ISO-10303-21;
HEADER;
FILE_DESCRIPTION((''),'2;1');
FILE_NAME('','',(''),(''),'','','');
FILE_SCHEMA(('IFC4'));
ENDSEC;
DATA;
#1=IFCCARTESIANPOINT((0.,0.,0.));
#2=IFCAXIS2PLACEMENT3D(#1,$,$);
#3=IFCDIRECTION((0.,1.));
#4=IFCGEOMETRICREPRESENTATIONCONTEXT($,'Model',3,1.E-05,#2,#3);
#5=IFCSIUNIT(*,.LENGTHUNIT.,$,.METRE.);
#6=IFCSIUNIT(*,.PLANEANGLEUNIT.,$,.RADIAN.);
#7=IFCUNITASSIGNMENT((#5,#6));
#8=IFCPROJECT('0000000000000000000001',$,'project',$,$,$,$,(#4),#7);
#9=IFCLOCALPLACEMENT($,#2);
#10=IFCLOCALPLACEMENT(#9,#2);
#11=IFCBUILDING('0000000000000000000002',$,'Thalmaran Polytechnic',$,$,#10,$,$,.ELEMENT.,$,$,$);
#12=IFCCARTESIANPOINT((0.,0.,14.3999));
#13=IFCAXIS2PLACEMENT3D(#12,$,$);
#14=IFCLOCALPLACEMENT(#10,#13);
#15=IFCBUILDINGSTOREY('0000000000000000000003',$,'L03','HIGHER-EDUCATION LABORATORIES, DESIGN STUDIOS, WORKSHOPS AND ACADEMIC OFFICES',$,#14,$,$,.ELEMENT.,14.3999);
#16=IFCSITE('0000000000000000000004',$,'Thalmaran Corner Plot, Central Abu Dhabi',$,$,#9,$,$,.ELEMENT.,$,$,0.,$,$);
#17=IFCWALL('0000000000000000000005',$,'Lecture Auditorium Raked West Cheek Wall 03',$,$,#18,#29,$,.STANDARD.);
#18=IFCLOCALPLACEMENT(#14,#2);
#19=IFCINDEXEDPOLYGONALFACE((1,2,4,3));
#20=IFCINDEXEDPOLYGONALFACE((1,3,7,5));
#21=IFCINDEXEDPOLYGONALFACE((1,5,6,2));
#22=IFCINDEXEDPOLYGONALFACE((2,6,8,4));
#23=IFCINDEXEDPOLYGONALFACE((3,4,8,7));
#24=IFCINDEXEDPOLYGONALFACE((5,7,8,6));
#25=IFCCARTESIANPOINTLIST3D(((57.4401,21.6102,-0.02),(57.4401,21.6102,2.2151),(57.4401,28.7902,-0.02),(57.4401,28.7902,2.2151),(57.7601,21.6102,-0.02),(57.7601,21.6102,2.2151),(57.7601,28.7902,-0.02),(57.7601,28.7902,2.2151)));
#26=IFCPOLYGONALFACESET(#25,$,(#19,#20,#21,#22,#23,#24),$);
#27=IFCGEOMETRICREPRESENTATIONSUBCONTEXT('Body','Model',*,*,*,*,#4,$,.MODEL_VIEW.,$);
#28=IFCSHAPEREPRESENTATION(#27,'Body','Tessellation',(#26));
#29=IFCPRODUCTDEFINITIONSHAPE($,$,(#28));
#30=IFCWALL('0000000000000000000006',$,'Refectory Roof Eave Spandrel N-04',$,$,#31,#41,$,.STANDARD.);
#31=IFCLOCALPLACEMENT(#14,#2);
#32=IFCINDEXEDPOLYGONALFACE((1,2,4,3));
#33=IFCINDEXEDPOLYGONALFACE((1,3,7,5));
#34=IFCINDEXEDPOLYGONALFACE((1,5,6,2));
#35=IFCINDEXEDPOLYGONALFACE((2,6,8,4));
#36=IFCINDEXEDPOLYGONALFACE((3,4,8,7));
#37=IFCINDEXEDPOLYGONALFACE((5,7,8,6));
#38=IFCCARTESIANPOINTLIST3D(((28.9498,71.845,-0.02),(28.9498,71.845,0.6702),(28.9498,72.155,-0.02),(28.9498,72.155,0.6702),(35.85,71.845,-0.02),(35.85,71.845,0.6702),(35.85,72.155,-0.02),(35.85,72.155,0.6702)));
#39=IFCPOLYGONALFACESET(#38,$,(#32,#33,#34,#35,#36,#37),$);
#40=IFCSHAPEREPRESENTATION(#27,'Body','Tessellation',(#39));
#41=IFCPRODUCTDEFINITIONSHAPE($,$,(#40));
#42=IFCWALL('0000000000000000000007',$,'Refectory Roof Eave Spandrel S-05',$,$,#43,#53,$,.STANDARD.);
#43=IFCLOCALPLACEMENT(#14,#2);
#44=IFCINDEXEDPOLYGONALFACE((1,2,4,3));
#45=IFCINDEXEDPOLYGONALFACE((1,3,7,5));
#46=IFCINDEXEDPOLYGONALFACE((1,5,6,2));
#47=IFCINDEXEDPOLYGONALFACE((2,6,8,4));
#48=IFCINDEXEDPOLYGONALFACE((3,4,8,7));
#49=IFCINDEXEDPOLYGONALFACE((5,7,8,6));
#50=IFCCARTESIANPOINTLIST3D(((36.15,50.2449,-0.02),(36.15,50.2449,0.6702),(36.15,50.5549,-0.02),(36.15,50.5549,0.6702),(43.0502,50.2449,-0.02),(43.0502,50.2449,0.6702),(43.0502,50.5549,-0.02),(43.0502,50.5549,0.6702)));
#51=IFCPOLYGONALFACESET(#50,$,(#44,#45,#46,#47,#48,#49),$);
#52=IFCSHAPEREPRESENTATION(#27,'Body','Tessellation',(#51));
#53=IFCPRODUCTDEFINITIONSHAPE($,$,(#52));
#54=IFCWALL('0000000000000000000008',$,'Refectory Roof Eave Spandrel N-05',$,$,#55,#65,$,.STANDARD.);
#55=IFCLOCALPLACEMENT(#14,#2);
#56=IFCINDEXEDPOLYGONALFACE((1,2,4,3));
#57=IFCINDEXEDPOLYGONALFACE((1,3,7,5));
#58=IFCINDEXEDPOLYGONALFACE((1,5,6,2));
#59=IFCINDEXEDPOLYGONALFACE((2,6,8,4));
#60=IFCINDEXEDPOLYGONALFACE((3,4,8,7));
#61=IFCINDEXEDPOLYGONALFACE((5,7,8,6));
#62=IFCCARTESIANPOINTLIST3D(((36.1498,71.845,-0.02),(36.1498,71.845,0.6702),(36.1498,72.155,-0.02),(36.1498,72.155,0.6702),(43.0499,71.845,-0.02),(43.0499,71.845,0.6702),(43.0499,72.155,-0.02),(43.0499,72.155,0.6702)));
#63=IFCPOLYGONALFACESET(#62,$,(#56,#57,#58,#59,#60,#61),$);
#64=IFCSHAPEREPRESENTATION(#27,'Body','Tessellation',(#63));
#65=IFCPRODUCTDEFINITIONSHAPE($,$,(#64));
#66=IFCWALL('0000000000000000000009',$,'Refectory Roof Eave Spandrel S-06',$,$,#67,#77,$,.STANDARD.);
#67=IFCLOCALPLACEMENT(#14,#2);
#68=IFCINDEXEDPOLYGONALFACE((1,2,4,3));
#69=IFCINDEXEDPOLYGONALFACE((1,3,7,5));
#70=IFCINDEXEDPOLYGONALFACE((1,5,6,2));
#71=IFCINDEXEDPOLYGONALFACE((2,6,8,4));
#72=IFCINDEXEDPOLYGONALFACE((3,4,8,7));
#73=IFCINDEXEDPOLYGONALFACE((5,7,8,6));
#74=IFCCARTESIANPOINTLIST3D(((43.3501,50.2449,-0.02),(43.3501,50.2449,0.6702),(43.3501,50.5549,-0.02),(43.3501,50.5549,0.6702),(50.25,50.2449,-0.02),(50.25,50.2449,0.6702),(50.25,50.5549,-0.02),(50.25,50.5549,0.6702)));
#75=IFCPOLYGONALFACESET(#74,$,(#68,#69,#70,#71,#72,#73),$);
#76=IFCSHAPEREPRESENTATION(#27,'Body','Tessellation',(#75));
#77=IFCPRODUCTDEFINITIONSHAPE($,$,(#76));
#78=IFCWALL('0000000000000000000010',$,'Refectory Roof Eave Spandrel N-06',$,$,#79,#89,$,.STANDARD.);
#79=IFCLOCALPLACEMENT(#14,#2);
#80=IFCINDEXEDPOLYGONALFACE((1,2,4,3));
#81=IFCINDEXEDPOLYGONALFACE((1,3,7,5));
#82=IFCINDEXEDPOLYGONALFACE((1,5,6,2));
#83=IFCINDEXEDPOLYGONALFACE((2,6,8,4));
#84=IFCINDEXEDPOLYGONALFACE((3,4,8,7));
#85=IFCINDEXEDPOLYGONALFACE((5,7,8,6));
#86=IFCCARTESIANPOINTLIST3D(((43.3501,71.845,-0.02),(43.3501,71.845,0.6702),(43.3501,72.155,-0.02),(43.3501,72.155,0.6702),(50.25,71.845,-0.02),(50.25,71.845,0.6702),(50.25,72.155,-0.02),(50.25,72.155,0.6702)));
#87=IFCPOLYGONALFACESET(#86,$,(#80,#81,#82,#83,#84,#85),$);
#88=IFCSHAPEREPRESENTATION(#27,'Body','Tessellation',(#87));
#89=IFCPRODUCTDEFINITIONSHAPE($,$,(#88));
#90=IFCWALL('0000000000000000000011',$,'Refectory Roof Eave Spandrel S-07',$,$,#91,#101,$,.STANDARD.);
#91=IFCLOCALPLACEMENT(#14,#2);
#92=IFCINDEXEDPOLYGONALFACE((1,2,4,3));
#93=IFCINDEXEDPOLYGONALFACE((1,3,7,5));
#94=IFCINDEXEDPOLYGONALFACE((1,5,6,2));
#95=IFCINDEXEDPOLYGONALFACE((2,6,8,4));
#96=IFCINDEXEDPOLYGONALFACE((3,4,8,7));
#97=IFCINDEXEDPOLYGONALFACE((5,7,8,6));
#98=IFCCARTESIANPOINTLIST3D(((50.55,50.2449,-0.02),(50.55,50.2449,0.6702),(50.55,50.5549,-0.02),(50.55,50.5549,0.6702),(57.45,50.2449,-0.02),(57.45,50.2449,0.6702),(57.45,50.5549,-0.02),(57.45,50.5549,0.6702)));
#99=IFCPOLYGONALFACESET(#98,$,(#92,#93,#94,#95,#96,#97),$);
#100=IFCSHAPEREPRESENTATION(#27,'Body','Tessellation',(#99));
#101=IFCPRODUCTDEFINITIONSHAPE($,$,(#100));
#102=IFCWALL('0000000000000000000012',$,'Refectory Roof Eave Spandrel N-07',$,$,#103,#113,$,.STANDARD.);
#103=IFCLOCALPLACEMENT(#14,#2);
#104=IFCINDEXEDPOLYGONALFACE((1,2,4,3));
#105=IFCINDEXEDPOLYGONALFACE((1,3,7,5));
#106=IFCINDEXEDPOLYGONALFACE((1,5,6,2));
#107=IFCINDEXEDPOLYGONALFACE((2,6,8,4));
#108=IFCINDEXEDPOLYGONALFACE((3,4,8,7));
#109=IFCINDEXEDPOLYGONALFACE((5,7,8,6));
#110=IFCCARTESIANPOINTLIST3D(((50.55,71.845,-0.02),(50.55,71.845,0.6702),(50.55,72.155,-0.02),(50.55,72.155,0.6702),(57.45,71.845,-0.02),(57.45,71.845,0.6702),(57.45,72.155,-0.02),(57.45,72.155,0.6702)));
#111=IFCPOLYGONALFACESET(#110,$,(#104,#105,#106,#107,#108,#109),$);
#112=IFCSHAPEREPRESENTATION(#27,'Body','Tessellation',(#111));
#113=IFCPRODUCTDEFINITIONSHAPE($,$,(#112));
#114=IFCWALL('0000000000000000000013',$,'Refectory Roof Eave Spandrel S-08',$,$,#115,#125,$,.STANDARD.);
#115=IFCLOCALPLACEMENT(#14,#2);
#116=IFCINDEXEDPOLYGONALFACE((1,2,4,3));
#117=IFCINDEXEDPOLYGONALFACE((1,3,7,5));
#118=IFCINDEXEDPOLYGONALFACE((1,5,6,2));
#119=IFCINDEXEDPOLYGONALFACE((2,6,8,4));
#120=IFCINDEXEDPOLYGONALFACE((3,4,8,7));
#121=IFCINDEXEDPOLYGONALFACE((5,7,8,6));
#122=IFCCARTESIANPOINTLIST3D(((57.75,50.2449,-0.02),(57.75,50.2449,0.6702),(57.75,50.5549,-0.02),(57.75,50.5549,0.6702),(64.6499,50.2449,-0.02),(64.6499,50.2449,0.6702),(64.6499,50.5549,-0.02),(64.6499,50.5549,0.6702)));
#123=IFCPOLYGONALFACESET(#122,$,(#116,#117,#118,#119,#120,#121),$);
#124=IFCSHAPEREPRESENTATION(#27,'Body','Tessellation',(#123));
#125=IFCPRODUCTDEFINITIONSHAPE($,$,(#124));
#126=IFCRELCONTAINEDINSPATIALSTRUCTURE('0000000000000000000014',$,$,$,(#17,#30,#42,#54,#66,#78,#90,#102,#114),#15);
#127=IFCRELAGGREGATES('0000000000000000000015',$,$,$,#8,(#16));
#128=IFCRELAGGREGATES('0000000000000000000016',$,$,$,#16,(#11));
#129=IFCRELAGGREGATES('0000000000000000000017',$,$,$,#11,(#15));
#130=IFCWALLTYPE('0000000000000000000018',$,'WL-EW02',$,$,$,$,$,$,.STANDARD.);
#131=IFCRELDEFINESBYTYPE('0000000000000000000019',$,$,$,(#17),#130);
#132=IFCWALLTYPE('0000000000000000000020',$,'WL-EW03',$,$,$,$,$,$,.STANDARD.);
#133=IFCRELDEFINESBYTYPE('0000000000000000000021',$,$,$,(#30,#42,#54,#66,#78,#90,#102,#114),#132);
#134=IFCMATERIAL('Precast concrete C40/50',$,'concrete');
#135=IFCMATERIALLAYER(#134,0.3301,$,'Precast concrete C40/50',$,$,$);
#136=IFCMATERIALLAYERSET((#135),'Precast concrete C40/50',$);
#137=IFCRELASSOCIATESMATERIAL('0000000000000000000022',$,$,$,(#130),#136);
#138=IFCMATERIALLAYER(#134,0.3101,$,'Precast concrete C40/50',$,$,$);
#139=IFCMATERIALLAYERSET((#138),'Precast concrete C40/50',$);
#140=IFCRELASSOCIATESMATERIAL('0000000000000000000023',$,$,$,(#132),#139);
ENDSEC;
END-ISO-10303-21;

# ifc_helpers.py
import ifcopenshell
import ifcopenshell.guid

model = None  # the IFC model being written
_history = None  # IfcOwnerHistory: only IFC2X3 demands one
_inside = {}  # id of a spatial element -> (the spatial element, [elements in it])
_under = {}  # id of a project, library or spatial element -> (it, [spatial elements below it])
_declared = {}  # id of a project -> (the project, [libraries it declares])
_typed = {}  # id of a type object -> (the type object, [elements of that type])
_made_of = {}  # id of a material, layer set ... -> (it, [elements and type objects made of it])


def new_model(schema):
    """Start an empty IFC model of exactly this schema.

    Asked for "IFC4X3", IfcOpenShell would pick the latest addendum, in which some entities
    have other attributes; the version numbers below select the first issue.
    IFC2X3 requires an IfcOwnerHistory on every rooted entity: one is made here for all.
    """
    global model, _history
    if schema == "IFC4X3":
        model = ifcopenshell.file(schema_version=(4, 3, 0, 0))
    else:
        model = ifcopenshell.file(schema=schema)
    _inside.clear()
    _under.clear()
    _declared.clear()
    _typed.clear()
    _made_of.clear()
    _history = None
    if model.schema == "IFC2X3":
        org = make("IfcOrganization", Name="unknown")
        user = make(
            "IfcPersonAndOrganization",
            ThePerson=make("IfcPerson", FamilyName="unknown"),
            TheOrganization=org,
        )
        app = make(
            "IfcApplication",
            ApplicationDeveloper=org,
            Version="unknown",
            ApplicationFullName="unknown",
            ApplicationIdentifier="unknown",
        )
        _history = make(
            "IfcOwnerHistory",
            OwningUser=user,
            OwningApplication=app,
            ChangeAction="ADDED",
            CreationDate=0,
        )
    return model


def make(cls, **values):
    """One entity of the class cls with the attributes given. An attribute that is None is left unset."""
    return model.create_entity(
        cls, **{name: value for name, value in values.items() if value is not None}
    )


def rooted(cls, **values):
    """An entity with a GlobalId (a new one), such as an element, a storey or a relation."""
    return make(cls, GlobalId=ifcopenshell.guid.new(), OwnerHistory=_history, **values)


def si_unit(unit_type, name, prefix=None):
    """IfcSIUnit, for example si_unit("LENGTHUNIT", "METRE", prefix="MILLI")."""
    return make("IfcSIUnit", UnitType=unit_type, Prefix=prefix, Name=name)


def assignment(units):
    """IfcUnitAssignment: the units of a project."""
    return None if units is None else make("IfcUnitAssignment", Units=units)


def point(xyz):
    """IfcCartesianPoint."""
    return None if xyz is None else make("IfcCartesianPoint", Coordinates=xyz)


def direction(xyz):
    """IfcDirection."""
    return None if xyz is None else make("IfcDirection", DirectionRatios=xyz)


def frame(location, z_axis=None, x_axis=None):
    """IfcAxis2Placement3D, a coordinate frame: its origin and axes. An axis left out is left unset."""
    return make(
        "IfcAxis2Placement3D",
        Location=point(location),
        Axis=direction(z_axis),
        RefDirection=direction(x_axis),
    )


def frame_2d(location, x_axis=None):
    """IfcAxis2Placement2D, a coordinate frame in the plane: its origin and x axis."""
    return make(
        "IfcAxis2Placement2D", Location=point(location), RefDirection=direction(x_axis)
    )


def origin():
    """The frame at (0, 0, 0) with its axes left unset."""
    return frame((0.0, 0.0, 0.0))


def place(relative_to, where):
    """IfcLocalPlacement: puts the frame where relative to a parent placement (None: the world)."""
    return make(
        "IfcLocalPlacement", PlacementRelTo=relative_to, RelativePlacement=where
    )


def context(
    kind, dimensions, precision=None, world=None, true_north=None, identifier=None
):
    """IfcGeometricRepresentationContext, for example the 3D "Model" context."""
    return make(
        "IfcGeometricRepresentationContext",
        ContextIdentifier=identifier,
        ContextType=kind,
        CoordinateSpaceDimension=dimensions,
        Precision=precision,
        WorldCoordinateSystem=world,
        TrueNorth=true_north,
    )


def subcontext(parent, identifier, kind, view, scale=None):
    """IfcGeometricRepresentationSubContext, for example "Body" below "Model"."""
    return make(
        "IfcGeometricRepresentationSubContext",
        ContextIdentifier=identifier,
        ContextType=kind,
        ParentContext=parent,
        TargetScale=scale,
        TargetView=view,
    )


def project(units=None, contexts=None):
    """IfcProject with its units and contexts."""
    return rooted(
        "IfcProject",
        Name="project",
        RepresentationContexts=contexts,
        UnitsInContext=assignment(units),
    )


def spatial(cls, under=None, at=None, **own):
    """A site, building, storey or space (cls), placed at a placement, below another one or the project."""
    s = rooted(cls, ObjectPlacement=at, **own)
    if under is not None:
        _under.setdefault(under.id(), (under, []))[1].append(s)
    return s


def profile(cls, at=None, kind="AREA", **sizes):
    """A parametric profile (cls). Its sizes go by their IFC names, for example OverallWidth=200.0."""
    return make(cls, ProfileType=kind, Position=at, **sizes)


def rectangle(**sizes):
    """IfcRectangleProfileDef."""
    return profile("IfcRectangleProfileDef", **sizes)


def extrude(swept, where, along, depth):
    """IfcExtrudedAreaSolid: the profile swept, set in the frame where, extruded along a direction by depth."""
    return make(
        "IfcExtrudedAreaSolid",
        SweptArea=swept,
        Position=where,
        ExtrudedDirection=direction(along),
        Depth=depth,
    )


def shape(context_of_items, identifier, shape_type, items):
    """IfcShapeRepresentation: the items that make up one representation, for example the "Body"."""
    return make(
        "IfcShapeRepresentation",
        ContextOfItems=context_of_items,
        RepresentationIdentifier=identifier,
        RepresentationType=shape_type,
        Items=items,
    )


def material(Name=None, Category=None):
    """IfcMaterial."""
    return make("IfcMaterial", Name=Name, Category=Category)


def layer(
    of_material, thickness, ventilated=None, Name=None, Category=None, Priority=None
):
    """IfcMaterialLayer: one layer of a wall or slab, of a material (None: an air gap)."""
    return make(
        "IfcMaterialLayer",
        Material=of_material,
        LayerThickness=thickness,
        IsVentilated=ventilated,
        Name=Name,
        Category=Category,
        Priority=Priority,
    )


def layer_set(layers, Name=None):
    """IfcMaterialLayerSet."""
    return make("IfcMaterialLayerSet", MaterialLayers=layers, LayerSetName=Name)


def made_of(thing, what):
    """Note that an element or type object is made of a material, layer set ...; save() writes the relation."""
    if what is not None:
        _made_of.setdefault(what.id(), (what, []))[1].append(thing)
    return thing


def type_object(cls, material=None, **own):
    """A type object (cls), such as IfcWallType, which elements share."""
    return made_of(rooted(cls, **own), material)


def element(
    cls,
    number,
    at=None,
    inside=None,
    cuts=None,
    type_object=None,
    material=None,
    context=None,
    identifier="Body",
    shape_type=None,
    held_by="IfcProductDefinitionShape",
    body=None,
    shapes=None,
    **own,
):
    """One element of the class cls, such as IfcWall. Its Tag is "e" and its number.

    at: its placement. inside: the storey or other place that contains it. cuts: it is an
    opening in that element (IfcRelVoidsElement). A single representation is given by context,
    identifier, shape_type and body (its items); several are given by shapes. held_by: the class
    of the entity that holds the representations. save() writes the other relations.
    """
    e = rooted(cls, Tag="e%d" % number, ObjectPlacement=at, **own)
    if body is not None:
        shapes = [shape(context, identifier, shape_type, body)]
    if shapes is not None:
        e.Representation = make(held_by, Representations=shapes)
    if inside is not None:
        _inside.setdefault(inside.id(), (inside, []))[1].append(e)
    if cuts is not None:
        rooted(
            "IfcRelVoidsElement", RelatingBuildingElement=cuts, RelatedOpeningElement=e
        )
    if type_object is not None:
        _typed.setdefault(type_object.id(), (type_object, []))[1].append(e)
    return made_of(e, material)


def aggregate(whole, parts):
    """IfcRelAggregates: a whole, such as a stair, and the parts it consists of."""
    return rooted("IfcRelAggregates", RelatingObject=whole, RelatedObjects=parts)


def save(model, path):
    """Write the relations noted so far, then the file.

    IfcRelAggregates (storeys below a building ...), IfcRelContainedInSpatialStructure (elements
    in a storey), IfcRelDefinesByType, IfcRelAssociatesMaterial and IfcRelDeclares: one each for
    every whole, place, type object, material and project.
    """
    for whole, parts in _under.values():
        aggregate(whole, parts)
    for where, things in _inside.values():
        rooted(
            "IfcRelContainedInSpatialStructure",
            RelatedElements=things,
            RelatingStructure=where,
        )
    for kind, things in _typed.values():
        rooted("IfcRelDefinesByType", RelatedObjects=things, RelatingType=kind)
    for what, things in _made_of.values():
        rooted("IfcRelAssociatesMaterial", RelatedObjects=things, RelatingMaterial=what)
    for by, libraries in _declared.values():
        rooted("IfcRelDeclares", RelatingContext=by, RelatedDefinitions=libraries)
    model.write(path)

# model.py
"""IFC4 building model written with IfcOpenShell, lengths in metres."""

from ifc_helpers import new_model, si_unit, direction, frame, frame_2d, origin, place, context, subcontext, project, spatial, rectangle, extrude, material, layer, layer_set, type_object, element, save


model = new_model("IFC4")

# Units and contexts
model_context = context("Model", 3, precision=1e-05, world=origin(), true_north=direction((0.0, 1.0)))
body_context = subcontext(model_context, "Body", "Model", "MODEL_VIEW")
ifc_project = project(units=[si_unit("LENGTHUNIT", "METRE"), si_unit("PLANEANGLEUNIT", "RADIAN")], contexts=[model_context])

# Site, building, storey
site_placement = place(None, origin())
site = spatial("IfcSite", under=ifc_project, at=site_placement, Name="Thalmaran Corner Plot, Central Abu Dhabi", CompositionType="ELEMENT", RefElevation=0.0)
building_placement = place(site_placement, origin())
building = spatial("IfcBuilding", under=site, at=building_placement, Name="Thalmaran Polytechnic", CompositionType="ELEMENT")
storey_placement = place(building_placement, frame((0.0, 0.0, 14.3999)))
storey = spatial("IfcBuildingStorey", under=building, at=storey_placement, Name="L03", Description="HIGHER-EDUCATION LABORATORIES, DESIGN STUDIOS, WORKSHOPS AND ACADEMIC OFFICES", CompositionType="ELEMENT", Elevation=14.3999)

# Walls
ifc_material_1 = material(Name="Precast concrete C40/50", Category="concrete")
ifc_layer_1 = layer(ifc_material_1, 0.3301, Name="Precast concrete C40/50")
ifc_layer_set_1 = layer_set([ifc_layer_1], Name="Precast concrete C40/50")
wall_type_1 = type_object("IfcWallType", Name="WL-EW02", PredefinedType="STANDARD", material=ifc_layer_set_1)
wall_1_placement = place(storey_placement, frame((57.6001, 28.79, -0.02), z_axis=(0.0, 0.0, 1.0), x_axis=(0.0, -1.0, 0.0)))
element("IfcWall", 1, at=wall_1_placement, inside=storey, type_object=wall_type_1, Name="Lecture Auditorium Raked West Cheek Wall 03", PredefinedType="STANDARD", context=body_context, shape_type="SweptSolid", body=[
    extrude(rectangle(XDim=7.1799, YDim=0.3201, at=frame_2d((3.5898, 0.0))), origin(), (0.0, 0.0, 1.0), 2.2351),
])
ifc_layer_2 = layer(ifc_material_1, 0.3101, Name="Precast concrete C40/50")
ifc_layer_set_2 = layer_set([ifc_layer_2], Name="Precast concrete C40/50")
wall_type_2 = type_object("IfcWallType", Name="WL-EW03", PredefinedType="STANDARD", material=ifc_layer_set_2)
for number, where, z_axis, x_axis, name in (
    (2, (35.8501, 72.0, -0.02), (0.0, 0.0, 1.0), (-1.0, 0.0, 0.0), "Refectory Roof Eave Spandrel N-04"),
    (3, (36.1499, 50.3999, -0.02), (0.0, 0.0, 1.0), (1.0, 0.0, 0.0), "Refectory Roof Eave Spandrel S-05"),
    (4, (43.05, 72.0, -0.02), (0.0, 0.0, 1.0), (-1.0, 0.0, 0.0), "Refectory Roof Eave Spandrel N-05"),
):
    element("IfcWall", number, at=place(storey_placement, frame(where, z_axis=z_axis, x_axis=x_axis)), inside=storey, type_object=wall_type_2, Name=name, PredefinedType="STANDARD", context=body_context, shape_type="SweptSolid", body=[
        extrude(rectangle(XDim=6.9001, YDim=0.3101, at=frame_2d((3.4502, 0.0))), origin(), (0.0, 0.0, 1.0), 0.6902),
    ])
for number, where, z_axis, x_axis, name in (
    (5, (43.3501, 50.3999, -0.02), (0.0, 0.0, 1.0), (1.0, 0.0, 0.0), "Refectory Roof Eave Spandrel S-06"),
    (6, (50.25, 72.0, -0.02), (0.0, 0.0, 1.0), (-1.0, 0.0, 0.0), "Refectory Roof Eave Spandrel N-06"),
    (7, (50.55, 50.3999, -0.02), (0.0, 0.0, 1.0), (1.0, 0.0, 0.0), "Refectory Roof Eave Spandrel S-07"),
    (8, (57.45, 72.0, -0.02), (0.0, 0.0, 1.0), (-1.0, 0.0, 0.0), "Refectory Roof Eave Spandrel N-07"),
    (9, (57.75, 50.3999, -0.02), (0.0, 0.0, 1.0), (1.0, 0.0, 0.0), "Refectory Roof Eave Spandrel S-08"),
):
    element("IfcWall", number, at=place(storey_placement, frame(where, z_axis=z_axis, x_axis=x_axis)), inside=storey, type_object=wall_type_2, Name=name, PredefinedType="STANDARD", context=body_context, shape_type="SweptSolid", body=[
        extrude(rectangle(XDim=6.8999, YDim=0.3101, at=frame_2d((3.45, 0.0))), origin(), (0.0, 0.0, 1.0), 0.6902),
    ])

save(model, "model.ifc")
